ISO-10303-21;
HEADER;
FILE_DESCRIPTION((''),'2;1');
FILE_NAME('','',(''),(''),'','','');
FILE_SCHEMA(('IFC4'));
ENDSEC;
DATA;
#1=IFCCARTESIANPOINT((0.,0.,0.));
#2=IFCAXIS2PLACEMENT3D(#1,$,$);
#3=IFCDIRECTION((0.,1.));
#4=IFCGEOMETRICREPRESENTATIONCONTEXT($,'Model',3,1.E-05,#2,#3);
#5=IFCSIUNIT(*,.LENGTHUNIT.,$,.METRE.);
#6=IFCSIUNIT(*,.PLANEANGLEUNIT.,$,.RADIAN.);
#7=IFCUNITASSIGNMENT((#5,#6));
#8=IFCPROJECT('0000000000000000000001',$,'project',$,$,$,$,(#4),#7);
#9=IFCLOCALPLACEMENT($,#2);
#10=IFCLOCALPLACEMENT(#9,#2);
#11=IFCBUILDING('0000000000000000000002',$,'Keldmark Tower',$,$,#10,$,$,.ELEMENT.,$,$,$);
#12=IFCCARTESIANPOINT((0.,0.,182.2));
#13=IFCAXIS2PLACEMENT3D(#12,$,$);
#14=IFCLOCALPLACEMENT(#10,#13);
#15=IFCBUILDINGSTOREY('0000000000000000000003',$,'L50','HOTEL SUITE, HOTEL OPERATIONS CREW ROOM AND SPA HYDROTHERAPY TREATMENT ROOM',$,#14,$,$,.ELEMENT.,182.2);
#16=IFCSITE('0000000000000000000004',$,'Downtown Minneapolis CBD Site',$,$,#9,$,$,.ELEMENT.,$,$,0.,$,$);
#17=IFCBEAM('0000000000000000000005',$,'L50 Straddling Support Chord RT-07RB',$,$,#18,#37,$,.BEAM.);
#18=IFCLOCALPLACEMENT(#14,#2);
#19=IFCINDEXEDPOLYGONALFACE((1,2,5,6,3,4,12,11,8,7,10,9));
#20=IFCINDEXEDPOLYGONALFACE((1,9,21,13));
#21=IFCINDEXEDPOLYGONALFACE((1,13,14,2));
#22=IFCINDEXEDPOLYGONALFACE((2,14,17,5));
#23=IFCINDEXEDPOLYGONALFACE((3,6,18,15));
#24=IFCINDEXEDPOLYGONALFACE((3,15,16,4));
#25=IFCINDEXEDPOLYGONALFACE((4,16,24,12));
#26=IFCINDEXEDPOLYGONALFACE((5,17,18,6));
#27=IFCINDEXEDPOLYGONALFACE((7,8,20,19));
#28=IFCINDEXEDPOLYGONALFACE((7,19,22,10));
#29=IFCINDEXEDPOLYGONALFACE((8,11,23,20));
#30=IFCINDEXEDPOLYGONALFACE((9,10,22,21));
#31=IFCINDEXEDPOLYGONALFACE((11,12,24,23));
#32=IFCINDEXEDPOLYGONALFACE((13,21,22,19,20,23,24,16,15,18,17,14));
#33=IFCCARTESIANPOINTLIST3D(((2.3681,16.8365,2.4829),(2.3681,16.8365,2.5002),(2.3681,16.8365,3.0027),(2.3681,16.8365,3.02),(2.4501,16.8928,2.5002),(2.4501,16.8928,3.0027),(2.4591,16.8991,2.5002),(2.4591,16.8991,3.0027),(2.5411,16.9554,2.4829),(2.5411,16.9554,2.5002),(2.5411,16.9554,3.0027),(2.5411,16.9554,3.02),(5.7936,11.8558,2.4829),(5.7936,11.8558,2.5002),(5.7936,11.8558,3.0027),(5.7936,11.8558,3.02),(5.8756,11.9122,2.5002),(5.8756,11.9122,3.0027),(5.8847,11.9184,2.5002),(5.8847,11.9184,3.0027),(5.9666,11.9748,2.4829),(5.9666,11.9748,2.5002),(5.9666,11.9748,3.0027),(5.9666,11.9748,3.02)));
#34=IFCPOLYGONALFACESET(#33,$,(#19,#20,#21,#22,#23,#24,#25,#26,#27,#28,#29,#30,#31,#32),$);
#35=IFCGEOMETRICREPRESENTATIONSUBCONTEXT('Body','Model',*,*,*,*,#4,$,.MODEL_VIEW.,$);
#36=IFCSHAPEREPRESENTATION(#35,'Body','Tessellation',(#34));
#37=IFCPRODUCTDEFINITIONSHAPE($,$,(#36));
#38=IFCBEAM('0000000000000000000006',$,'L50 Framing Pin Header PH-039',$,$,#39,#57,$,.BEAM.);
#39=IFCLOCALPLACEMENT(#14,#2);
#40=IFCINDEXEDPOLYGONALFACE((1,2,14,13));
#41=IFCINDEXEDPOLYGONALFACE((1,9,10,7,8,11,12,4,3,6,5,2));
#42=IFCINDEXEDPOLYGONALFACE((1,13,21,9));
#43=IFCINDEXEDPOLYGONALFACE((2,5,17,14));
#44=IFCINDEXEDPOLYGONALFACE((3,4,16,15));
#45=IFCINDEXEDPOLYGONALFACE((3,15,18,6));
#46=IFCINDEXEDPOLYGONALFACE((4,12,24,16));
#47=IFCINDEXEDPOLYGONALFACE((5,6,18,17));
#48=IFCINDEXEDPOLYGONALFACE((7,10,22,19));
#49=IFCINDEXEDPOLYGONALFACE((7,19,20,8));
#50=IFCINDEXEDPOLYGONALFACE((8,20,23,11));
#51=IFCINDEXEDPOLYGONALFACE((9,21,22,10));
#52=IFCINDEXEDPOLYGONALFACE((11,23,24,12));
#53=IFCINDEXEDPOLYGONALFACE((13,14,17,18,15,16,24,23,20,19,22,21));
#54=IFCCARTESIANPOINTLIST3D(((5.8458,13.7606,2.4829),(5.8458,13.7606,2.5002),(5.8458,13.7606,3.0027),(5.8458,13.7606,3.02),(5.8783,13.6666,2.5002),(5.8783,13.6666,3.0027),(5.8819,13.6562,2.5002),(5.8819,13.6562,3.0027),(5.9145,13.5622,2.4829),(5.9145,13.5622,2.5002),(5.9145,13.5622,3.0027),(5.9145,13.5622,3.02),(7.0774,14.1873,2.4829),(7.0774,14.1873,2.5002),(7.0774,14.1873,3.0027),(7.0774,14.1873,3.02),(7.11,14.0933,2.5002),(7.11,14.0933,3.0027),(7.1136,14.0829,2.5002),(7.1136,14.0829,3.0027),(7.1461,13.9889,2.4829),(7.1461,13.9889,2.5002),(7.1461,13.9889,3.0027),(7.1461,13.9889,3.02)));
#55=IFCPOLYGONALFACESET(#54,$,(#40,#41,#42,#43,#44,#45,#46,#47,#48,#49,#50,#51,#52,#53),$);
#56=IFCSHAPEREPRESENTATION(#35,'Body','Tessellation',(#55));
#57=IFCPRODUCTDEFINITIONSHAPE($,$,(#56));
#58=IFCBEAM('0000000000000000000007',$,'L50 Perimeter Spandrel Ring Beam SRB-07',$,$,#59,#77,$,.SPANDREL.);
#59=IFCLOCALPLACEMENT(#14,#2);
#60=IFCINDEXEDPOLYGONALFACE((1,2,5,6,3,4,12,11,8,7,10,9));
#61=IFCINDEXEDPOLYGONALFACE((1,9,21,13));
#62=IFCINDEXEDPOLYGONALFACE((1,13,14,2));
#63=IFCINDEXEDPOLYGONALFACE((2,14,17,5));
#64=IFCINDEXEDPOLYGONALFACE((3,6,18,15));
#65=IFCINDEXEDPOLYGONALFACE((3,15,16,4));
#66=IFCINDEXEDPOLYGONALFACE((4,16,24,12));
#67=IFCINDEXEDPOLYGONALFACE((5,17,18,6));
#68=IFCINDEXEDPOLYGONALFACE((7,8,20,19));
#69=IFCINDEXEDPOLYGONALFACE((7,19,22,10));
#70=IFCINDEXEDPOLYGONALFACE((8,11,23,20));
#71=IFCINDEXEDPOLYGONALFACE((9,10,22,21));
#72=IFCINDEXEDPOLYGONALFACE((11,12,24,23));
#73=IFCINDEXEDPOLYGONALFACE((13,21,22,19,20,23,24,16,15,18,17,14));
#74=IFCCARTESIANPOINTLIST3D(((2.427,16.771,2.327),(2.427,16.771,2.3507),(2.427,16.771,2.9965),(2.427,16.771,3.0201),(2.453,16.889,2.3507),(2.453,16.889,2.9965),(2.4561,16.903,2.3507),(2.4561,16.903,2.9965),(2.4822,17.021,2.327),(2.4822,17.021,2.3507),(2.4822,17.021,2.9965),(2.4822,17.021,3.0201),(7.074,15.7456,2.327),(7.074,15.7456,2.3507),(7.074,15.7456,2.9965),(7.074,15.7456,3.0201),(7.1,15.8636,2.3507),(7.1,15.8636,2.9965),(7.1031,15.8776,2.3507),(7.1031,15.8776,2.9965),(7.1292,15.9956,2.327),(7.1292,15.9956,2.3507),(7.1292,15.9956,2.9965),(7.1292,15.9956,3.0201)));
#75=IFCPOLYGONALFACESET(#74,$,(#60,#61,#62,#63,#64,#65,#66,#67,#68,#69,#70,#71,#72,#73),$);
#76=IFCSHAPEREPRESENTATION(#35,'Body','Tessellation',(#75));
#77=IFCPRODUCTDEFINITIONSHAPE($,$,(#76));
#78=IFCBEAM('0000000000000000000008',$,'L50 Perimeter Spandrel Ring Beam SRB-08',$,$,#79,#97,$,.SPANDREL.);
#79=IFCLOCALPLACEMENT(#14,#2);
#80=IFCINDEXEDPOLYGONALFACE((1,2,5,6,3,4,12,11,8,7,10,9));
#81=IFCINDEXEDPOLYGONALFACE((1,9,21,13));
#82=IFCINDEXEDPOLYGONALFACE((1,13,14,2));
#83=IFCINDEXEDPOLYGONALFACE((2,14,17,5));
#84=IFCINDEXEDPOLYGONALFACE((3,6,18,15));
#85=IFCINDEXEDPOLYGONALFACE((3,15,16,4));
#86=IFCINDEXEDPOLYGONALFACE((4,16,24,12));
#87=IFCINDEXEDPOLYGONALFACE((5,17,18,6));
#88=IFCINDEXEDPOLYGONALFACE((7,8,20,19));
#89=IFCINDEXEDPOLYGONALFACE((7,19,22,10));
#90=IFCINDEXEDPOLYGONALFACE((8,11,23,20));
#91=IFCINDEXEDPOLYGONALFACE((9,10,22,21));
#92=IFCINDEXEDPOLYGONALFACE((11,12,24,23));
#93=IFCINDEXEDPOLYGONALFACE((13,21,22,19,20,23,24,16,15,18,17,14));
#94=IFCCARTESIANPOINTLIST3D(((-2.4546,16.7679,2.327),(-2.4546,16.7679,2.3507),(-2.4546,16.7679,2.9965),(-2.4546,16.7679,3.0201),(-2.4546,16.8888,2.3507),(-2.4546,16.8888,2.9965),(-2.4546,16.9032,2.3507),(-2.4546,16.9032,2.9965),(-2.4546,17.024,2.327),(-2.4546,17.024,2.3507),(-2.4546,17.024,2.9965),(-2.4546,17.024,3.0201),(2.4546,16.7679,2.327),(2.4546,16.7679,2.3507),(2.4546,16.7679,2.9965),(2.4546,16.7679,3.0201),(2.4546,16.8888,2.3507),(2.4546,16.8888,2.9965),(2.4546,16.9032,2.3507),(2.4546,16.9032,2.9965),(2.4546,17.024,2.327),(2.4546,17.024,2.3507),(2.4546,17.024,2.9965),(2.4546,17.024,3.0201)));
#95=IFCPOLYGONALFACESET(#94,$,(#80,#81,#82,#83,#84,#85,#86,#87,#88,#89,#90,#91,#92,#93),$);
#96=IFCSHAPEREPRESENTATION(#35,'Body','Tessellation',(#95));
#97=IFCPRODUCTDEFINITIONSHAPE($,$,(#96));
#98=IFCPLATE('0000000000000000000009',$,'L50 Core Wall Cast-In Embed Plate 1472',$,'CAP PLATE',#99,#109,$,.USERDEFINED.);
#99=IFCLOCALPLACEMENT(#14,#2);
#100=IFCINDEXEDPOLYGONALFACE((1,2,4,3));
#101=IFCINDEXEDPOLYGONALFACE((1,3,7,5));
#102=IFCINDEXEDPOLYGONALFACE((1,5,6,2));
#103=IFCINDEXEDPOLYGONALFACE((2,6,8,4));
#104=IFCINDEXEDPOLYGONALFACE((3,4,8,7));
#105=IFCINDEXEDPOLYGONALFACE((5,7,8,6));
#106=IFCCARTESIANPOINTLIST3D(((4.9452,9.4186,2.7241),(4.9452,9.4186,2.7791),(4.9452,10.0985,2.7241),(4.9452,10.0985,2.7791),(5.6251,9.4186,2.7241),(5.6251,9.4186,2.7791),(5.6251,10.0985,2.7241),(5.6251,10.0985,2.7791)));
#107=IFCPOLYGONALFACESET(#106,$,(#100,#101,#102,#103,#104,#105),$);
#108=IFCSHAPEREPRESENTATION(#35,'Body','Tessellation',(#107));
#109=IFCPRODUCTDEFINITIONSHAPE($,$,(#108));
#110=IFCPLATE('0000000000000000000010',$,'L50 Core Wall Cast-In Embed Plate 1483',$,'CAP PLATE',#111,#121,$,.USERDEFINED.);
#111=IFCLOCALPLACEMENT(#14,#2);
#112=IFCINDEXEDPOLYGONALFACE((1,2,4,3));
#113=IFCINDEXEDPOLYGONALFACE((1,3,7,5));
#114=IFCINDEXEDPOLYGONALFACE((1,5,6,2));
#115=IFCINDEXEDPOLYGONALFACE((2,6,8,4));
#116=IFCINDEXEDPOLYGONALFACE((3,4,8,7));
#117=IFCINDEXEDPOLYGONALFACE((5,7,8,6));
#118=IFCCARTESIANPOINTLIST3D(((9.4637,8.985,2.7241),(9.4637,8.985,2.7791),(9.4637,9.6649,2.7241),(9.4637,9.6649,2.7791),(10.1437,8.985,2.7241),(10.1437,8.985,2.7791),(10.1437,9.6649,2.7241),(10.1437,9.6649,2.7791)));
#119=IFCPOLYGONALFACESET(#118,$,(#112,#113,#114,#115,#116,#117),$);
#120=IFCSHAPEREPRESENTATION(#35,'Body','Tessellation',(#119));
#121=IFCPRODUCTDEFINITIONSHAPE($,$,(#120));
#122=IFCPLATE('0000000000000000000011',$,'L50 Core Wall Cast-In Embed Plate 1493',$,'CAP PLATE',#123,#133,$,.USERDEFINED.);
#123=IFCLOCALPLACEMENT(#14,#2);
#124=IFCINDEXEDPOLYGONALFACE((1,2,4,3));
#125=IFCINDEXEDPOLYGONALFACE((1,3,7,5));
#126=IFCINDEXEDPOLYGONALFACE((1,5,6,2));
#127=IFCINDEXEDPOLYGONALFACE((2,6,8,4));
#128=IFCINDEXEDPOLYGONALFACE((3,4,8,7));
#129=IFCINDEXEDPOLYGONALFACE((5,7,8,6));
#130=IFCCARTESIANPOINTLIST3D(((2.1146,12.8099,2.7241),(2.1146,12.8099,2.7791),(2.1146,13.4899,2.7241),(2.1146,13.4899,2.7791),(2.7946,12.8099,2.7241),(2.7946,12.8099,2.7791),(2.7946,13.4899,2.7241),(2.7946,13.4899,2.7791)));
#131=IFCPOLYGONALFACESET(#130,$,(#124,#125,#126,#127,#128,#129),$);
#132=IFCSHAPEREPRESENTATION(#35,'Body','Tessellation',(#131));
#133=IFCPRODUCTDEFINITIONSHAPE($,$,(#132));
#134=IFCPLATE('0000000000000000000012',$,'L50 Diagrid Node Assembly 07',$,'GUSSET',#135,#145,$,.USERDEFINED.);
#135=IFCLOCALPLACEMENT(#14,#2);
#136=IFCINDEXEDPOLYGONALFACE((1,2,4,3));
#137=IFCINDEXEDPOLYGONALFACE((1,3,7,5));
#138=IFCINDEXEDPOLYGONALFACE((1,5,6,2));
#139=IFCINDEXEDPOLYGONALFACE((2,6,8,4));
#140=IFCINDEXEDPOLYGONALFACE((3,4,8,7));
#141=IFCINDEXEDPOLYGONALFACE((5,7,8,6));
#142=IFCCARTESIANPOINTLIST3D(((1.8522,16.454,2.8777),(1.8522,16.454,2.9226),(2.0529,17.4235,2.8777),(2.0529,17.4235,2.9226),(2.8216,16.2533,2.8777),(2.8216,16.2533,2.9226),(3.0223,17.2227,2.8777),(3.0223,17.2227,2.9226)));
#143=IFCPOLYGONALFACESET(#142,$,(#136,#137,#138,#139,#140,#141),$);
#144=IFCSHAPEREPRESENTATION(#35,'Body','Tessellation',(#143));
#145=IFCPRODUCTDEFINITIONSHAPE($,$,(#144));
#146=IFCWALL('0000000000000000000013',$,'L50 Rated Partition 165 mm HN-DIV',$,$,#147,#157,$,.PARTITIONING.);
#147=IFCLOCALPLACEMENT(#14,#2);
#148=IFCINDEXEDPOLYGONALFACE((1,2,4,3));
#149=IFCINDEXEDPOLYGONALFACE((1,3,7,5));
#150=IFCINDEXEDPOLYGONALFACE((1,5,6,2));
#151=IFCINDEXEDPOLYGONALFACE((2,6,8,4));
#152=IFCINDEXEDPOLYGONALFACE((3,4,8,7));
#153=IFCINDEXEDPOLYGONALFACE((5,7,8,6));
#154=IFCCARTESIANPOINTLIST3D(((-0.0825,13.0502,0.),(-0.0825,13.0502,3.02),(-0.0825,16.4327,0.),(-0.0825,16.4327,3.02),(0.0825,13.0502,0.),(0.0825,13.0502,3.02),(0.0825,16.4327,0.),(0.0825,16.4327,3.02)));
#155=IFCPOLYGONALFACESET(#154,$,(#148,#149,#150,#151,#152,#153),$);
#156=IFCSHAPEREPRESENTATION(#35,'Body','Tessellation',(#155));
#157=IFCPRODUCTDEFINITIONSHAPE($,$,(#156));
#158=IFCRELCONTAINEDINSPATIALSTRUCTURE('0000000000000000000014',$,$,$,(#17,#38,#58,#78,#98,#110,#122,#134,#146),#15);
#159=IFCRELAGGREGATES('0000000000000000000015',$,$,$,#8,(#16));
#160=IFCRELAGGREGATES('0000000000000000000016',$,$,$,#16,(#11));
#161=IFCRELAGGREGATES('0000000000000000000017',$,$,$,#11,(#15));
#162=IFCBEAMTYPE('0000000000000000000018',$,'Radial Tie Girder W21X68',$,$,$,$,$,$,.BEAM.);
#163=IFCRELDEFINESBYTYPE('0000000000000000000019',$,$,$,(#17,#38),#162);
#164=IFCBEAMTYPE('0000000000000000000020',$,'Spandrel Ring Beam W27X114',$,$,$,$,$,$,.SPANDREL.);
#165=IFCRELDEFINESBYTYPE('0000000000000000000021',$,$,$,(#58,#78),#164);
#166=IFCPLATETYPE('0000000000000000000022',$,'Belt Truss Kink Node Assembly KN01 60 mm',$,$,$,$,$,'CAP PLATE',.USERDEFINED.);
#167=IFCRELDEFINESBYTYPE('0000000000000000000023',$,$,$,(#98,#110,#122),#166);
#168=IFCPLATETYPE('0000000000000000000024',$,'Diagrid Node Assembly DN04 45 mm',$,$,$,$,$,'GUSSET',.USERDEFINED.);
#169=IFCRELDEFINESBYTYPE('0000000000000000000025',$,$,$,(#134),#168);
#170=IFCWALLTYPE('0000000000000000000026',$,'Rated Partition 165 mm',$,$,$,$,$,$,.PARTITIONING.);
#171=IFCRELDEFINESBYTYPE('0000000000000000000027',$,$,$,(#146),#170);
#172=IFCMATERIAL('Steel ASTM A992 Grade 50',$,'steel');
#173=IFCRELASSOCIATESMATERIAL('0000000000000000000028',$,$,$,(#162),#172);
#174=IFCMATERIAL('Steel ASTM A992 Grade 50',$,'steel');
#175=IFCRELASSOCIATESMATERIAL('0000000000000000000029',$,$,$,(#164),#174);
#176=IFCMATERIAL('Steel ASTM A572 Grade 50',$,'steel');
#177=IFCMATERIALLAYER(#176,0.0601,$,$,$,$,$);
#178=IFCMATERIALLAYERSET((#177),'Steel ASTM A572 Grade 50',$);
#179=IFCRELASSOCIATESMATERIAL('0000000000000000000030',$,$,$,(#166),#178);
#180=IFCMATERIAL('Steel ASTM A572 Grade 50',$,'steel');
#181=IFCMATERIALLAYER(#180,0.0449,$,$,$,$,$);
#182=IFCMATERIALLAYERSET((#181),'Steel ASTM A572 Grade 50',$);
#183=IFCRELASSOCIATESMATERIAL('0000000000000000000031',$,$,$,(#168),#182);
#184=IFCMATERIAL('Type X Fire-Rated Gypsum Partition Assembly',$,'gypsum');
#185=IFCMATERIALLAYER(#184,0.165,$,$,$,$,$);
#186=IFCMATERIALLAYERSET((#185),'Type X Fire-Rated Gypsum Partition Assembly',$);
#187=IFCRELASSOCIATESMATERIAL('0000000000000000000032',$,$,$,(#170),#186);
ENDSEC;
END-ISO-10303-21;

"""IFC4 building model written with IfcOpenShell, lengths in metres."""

from ifc_helpers import new_model, si_unit, direction, frame, frame_2d, origin, origin_2d, place, context, subcontext, project, spatial, rectangle, i_section, extrude, material, layer, layer_set, material_profile, profile_set, type_object, element, save


model = new_model("IFC4")

# Units and contexts
model_context = context("Model", 3, precision=1e-05, world=origin(), true_north=direction((0.0, 1.0)))
body_context = subcontext(model_context, "Body", "Model", "MODEL_VIEW")
ifc_project = project(units=[si_unit("LENGTHUNIT", "METRE"), si_unit("PLANEANGLEUNIT", "RADIAN")], contexts=[model_context])

# Site, building, storey
site_placement = place(None, origin())
site = spatial("IfcSite", under=ifc_project, at=site_placement, Name="Downtown Minneapolis CBD Site", CompositionType="ELEMENT", RefElevation=0.0)
building_placement = place(site_placement, origin())
building = spatial("IfcBuilding", under=site, at=building_placement, Name="Keldmark Tower", CompositionType="ELEMENT")
storey_placement = place(building_placement, frame((0.0, 0.0, 182.2)))
storey = spatial("IfcBuildingStorey", under=building, at=storey_placement, Name="L50", Description="HOTEL SUITE, HOTEL OPERATIONS CREW ROOM AND SPA HYDROTHERAPY TREATMENT ROOM", CompositionType="ELEMENT", Elevation=182.2)

# Beams
ifc_material_1 = material(Name="Steel ASTM A992 Grade 50", Category="steel")
ifc_material_profile_1 = material_profile(ifc_material_1, i_section(OverallWidth=0.21, OverallDepth=0.5371, WebThickness=0.011, FlangeThickness=0.0173, at=origin_2d()), Name="W21X68")
ifc_profile_set_1 = profile_set([ifc_material_profile_1], Name="Steel ASTM A992 Grade 50")
beam_type_1 = type_object("IfcBeamType", Name="Radial Tie Girder W21X68", PredefinedType="BEAM", material=ifc_profile_set_1)
beam_1_placement = place(storey_placement, frame((5.8801, 11.9153, 2.7515), z_axis=(-0.566675, 0.823942, 0.0), x_axis=(-0.823942, -0.566675, 0.0)))
element("IfcBeam", 1, at=beam_1_placement, inside=storey, type_object=beam_type_1, Name="L50 Straddling Support Chord RT-07RB", PredefinedType="BEAM", context=body_context, shape_type="SweptSolid", body=[
    extrude(i_section(OverallWidth=0.21, OverallDepth=0.5371, WebThickness=0.011, FlangeThickness=0.0173, at=origin_2d()), origin(), (0.0, 0.0, 1.0), 6.0449),
])
beam_2_placement = place(storey_placement, frame((5.8801, 13.6614, 2.7515), z_axis=(0.94489, 0.327387, 0.0), x_axis=(-0.327387, 0.94489, 0.0)))
element("IfcBeam", 2, at=beam_2_placement, inside=storey, type_object=beam_type_1, Name="L50 Framing Pin Header PH-039", PredefinedType="BEAM", context=body_context, shape_type="SweptSolid", body=[
    extrude(i_section(OverallWidth=0.21, OverallDepth=0.5371, WebThickness=0.011, FlangeThickness=0.0173, at=origin_2d()), origin(), (0.0, 0.0, 1.0), 1.3035),
])
ifc_material_2 = material(Name="Steel ASTM A992 Grade 50", Category="steel")
ifc_material_profile_2 = material_profile(ifc_material_2, i_section(OverallWidth=0.2561, OverallDepth=0.6931, WebThickness=0.0144, FlangeThickness=0.0237, at=origin_2d()), Name="W27X114")
ifc_profile_set_2 = profile_set([ifc_material_profile_2], Name="Steel ASTM A992 Grade 50")
beam_type_2 = type_object("IfcBeamType", Name="Spandrel Ring Beam W27X114", PredefinedType="SPANDREL", material=ifc_profile_set_2)
beam_3_placement = place(storey_placement, frame((7.1016, 15.8706, 2.6736), z_axis=(-0.976509, 0.215474, 0.0), x_axis=(-0.215474, -0.976509, 0.0)))
element("IfcBeam", 3, at=beam_3_placement, inside=storey, type_object=beam_type_2, Name="L50 Perimeter Spandrel Ring Beam SRB-07", PredefinedType="SPANDREL", context=body_context, shape_type="SweptSolid", body=[
    extrude(i_section(OverallWidth=0.2561, OverallDepth=0.6931, WebThickness=0.0144, FlangeThickness=0.0237, at=origin_2d()), origin(), (0.0, 0.0, 1.0), 4.7588),
])
beam_4_placement = place(storey_placement, frame((2.4546, 16.896, 2.6736), z_axis=(-1.0, 0.0, 0.0), x_axis=(0.0, -1.0, 0.0)))
element("IfcBeam", 4, at=beam_4_placement, inside=storey, type_object=beam_type_2, Name="L50 Perimeter Spandrel Ring Beam SRB-08", PredefinedType="SPANDREL", context=body_context, shape_type="SweptSolid", body=[
    extrude(i_section(OverallWidth=0.2561, OverallDepth=0.6931, WebThickness=0.0144, FlangeThickness=0.0237, at=origin_2d()), origin(), (0.0, 0.0, 1.0), 4.9092),
])

# Plates
ifc_material_3 = material(Name="Steel ASTM A572 Grade 50", Category="steel")
ifc_layer_1 = layer(ifc_material_3, 0.0601)
ifc_layer_set_1 = layer_set([ifc_layer_1], Name="Steel ASTM A572 Grade 50")
plate_type_1 = type_object("IfcPlateType", Name="Belt Truss Kink Node Assembly KN01 60 mm", ElementType="CAP PLATE", PredefinedType="USERDEFINED", material=ifc_layer_set_1)
for number, where, z_axis, x_axis, name in (
    (5, (5.2852, 9.7585, 2.7241), (0.0, 0.0, 1.0), (1.0, 0.0, 0.0), "L50 Core Wall Cast-In Embed Plate 1472"),
    (6, (9.8037, 9.325, 2.7241), (0.0, 0.0, 1.0), (1.0, 0.0, 0.0), "L50 Core Wall Cast-In Embed Plate 1483"),
    (7, (2.4546, 13.1499, 2.7241), (0.0, 0.0, 1.0), (1.0, 0.0, 0.0), "L50 Core Wall Cast-In Embed Plate 1493"),
):
    element("IfcPlate", number, at=place(storey_placement, frame(where, z_axis=z_axis, x_axis=x_axis)), inside=storey, type_object=plate_type_1, Name=name, ObjectType="CAP PLATE", PredefinedType="USERDEFINED", context=body_context, shape_type="SweptSolid", body=[
        extrude(rectangle(XDim=0.6799, YDim=0.6799, at=origin_2d()), origin(), (0.0, 0.0, 1.0), 0.0549),
    ])
ifc_material_4 = material(Name="Steel ASTM A572 Grade 50", Category="steel")
ifc_layer_2 = layer(ifc_material_4, 0.0449)
ifc_layer_set_2 = layer_set([ifc_layer_2], Name="Steel ASTM A572 Grade 50")
plate_type_2 = type_object("IfcPlateType", Name="Diagrid Node Assembly DN04 45 mm", ElementType="GUSSET", PredefinedType="USERDEFINED", material=ifc_layer_set_2)
plate_placement = place(storey_placement, frame((2.4373, 16.8384, 2.8777), z_axis=(0.0, 0.0, 1.0), x_axis=(-0.979223, 0.202787, 0.0)))
element("IfcPlate", 8, at=plate_placement, inside=storey, type_object=plate_type_2, Name="L50 Diagrid Node Assembly 07", ObjectType="GUSSET", PredefinedType="USERDEFINED", context=body_context, shape_type="SweptSolid", body=[
    extrude(rectangle(XDim=0.99, YDim=0.99, at=origin_2d()), origin(), (0.0, 0.0, 1.0), 0.0449),
])

# Wall
ifc_material_5 = material(Name="Type X Fire-Rated Gypsum Partition Assembly", Category="gypsum")
ifc_layer_3 = layer(ifc_material_5, 0.165)
ifc_layer_set_3 = layer_set([ifc_layer_3], Name="Type X Fire-Rated Gypsum Partition Assembly")
wall_type_1 = type_object("IfcWallType", Name="Rated Partition 165 mm", PredefinedType="PARTITIONING", material=ifc_layer_set_3)
wall_1_placement = place(storey_placement, frame((0.0, 13.05, 0.0), z_axis=(0.0, 0.0, 1.0), x_axis=(0.0, 1.0, 0.0)))
element("IfcWall", 9, at=wall_1_placement, inside=storey, type_object=wall_type_1, Name="L50 Rated Partition 165 mm HN-DIV", PredefinedType="PARTITIONING", context=body_context, shape_type="SweptSolid", body=[
    extrude(rectangle(XDim=3.3826, YDim=0.165, at=frame_2d((1.6914, 0.0))), origin(), (0.0, 0.0, 1.0), 3.02),
])

save(model, "model.ifc")
